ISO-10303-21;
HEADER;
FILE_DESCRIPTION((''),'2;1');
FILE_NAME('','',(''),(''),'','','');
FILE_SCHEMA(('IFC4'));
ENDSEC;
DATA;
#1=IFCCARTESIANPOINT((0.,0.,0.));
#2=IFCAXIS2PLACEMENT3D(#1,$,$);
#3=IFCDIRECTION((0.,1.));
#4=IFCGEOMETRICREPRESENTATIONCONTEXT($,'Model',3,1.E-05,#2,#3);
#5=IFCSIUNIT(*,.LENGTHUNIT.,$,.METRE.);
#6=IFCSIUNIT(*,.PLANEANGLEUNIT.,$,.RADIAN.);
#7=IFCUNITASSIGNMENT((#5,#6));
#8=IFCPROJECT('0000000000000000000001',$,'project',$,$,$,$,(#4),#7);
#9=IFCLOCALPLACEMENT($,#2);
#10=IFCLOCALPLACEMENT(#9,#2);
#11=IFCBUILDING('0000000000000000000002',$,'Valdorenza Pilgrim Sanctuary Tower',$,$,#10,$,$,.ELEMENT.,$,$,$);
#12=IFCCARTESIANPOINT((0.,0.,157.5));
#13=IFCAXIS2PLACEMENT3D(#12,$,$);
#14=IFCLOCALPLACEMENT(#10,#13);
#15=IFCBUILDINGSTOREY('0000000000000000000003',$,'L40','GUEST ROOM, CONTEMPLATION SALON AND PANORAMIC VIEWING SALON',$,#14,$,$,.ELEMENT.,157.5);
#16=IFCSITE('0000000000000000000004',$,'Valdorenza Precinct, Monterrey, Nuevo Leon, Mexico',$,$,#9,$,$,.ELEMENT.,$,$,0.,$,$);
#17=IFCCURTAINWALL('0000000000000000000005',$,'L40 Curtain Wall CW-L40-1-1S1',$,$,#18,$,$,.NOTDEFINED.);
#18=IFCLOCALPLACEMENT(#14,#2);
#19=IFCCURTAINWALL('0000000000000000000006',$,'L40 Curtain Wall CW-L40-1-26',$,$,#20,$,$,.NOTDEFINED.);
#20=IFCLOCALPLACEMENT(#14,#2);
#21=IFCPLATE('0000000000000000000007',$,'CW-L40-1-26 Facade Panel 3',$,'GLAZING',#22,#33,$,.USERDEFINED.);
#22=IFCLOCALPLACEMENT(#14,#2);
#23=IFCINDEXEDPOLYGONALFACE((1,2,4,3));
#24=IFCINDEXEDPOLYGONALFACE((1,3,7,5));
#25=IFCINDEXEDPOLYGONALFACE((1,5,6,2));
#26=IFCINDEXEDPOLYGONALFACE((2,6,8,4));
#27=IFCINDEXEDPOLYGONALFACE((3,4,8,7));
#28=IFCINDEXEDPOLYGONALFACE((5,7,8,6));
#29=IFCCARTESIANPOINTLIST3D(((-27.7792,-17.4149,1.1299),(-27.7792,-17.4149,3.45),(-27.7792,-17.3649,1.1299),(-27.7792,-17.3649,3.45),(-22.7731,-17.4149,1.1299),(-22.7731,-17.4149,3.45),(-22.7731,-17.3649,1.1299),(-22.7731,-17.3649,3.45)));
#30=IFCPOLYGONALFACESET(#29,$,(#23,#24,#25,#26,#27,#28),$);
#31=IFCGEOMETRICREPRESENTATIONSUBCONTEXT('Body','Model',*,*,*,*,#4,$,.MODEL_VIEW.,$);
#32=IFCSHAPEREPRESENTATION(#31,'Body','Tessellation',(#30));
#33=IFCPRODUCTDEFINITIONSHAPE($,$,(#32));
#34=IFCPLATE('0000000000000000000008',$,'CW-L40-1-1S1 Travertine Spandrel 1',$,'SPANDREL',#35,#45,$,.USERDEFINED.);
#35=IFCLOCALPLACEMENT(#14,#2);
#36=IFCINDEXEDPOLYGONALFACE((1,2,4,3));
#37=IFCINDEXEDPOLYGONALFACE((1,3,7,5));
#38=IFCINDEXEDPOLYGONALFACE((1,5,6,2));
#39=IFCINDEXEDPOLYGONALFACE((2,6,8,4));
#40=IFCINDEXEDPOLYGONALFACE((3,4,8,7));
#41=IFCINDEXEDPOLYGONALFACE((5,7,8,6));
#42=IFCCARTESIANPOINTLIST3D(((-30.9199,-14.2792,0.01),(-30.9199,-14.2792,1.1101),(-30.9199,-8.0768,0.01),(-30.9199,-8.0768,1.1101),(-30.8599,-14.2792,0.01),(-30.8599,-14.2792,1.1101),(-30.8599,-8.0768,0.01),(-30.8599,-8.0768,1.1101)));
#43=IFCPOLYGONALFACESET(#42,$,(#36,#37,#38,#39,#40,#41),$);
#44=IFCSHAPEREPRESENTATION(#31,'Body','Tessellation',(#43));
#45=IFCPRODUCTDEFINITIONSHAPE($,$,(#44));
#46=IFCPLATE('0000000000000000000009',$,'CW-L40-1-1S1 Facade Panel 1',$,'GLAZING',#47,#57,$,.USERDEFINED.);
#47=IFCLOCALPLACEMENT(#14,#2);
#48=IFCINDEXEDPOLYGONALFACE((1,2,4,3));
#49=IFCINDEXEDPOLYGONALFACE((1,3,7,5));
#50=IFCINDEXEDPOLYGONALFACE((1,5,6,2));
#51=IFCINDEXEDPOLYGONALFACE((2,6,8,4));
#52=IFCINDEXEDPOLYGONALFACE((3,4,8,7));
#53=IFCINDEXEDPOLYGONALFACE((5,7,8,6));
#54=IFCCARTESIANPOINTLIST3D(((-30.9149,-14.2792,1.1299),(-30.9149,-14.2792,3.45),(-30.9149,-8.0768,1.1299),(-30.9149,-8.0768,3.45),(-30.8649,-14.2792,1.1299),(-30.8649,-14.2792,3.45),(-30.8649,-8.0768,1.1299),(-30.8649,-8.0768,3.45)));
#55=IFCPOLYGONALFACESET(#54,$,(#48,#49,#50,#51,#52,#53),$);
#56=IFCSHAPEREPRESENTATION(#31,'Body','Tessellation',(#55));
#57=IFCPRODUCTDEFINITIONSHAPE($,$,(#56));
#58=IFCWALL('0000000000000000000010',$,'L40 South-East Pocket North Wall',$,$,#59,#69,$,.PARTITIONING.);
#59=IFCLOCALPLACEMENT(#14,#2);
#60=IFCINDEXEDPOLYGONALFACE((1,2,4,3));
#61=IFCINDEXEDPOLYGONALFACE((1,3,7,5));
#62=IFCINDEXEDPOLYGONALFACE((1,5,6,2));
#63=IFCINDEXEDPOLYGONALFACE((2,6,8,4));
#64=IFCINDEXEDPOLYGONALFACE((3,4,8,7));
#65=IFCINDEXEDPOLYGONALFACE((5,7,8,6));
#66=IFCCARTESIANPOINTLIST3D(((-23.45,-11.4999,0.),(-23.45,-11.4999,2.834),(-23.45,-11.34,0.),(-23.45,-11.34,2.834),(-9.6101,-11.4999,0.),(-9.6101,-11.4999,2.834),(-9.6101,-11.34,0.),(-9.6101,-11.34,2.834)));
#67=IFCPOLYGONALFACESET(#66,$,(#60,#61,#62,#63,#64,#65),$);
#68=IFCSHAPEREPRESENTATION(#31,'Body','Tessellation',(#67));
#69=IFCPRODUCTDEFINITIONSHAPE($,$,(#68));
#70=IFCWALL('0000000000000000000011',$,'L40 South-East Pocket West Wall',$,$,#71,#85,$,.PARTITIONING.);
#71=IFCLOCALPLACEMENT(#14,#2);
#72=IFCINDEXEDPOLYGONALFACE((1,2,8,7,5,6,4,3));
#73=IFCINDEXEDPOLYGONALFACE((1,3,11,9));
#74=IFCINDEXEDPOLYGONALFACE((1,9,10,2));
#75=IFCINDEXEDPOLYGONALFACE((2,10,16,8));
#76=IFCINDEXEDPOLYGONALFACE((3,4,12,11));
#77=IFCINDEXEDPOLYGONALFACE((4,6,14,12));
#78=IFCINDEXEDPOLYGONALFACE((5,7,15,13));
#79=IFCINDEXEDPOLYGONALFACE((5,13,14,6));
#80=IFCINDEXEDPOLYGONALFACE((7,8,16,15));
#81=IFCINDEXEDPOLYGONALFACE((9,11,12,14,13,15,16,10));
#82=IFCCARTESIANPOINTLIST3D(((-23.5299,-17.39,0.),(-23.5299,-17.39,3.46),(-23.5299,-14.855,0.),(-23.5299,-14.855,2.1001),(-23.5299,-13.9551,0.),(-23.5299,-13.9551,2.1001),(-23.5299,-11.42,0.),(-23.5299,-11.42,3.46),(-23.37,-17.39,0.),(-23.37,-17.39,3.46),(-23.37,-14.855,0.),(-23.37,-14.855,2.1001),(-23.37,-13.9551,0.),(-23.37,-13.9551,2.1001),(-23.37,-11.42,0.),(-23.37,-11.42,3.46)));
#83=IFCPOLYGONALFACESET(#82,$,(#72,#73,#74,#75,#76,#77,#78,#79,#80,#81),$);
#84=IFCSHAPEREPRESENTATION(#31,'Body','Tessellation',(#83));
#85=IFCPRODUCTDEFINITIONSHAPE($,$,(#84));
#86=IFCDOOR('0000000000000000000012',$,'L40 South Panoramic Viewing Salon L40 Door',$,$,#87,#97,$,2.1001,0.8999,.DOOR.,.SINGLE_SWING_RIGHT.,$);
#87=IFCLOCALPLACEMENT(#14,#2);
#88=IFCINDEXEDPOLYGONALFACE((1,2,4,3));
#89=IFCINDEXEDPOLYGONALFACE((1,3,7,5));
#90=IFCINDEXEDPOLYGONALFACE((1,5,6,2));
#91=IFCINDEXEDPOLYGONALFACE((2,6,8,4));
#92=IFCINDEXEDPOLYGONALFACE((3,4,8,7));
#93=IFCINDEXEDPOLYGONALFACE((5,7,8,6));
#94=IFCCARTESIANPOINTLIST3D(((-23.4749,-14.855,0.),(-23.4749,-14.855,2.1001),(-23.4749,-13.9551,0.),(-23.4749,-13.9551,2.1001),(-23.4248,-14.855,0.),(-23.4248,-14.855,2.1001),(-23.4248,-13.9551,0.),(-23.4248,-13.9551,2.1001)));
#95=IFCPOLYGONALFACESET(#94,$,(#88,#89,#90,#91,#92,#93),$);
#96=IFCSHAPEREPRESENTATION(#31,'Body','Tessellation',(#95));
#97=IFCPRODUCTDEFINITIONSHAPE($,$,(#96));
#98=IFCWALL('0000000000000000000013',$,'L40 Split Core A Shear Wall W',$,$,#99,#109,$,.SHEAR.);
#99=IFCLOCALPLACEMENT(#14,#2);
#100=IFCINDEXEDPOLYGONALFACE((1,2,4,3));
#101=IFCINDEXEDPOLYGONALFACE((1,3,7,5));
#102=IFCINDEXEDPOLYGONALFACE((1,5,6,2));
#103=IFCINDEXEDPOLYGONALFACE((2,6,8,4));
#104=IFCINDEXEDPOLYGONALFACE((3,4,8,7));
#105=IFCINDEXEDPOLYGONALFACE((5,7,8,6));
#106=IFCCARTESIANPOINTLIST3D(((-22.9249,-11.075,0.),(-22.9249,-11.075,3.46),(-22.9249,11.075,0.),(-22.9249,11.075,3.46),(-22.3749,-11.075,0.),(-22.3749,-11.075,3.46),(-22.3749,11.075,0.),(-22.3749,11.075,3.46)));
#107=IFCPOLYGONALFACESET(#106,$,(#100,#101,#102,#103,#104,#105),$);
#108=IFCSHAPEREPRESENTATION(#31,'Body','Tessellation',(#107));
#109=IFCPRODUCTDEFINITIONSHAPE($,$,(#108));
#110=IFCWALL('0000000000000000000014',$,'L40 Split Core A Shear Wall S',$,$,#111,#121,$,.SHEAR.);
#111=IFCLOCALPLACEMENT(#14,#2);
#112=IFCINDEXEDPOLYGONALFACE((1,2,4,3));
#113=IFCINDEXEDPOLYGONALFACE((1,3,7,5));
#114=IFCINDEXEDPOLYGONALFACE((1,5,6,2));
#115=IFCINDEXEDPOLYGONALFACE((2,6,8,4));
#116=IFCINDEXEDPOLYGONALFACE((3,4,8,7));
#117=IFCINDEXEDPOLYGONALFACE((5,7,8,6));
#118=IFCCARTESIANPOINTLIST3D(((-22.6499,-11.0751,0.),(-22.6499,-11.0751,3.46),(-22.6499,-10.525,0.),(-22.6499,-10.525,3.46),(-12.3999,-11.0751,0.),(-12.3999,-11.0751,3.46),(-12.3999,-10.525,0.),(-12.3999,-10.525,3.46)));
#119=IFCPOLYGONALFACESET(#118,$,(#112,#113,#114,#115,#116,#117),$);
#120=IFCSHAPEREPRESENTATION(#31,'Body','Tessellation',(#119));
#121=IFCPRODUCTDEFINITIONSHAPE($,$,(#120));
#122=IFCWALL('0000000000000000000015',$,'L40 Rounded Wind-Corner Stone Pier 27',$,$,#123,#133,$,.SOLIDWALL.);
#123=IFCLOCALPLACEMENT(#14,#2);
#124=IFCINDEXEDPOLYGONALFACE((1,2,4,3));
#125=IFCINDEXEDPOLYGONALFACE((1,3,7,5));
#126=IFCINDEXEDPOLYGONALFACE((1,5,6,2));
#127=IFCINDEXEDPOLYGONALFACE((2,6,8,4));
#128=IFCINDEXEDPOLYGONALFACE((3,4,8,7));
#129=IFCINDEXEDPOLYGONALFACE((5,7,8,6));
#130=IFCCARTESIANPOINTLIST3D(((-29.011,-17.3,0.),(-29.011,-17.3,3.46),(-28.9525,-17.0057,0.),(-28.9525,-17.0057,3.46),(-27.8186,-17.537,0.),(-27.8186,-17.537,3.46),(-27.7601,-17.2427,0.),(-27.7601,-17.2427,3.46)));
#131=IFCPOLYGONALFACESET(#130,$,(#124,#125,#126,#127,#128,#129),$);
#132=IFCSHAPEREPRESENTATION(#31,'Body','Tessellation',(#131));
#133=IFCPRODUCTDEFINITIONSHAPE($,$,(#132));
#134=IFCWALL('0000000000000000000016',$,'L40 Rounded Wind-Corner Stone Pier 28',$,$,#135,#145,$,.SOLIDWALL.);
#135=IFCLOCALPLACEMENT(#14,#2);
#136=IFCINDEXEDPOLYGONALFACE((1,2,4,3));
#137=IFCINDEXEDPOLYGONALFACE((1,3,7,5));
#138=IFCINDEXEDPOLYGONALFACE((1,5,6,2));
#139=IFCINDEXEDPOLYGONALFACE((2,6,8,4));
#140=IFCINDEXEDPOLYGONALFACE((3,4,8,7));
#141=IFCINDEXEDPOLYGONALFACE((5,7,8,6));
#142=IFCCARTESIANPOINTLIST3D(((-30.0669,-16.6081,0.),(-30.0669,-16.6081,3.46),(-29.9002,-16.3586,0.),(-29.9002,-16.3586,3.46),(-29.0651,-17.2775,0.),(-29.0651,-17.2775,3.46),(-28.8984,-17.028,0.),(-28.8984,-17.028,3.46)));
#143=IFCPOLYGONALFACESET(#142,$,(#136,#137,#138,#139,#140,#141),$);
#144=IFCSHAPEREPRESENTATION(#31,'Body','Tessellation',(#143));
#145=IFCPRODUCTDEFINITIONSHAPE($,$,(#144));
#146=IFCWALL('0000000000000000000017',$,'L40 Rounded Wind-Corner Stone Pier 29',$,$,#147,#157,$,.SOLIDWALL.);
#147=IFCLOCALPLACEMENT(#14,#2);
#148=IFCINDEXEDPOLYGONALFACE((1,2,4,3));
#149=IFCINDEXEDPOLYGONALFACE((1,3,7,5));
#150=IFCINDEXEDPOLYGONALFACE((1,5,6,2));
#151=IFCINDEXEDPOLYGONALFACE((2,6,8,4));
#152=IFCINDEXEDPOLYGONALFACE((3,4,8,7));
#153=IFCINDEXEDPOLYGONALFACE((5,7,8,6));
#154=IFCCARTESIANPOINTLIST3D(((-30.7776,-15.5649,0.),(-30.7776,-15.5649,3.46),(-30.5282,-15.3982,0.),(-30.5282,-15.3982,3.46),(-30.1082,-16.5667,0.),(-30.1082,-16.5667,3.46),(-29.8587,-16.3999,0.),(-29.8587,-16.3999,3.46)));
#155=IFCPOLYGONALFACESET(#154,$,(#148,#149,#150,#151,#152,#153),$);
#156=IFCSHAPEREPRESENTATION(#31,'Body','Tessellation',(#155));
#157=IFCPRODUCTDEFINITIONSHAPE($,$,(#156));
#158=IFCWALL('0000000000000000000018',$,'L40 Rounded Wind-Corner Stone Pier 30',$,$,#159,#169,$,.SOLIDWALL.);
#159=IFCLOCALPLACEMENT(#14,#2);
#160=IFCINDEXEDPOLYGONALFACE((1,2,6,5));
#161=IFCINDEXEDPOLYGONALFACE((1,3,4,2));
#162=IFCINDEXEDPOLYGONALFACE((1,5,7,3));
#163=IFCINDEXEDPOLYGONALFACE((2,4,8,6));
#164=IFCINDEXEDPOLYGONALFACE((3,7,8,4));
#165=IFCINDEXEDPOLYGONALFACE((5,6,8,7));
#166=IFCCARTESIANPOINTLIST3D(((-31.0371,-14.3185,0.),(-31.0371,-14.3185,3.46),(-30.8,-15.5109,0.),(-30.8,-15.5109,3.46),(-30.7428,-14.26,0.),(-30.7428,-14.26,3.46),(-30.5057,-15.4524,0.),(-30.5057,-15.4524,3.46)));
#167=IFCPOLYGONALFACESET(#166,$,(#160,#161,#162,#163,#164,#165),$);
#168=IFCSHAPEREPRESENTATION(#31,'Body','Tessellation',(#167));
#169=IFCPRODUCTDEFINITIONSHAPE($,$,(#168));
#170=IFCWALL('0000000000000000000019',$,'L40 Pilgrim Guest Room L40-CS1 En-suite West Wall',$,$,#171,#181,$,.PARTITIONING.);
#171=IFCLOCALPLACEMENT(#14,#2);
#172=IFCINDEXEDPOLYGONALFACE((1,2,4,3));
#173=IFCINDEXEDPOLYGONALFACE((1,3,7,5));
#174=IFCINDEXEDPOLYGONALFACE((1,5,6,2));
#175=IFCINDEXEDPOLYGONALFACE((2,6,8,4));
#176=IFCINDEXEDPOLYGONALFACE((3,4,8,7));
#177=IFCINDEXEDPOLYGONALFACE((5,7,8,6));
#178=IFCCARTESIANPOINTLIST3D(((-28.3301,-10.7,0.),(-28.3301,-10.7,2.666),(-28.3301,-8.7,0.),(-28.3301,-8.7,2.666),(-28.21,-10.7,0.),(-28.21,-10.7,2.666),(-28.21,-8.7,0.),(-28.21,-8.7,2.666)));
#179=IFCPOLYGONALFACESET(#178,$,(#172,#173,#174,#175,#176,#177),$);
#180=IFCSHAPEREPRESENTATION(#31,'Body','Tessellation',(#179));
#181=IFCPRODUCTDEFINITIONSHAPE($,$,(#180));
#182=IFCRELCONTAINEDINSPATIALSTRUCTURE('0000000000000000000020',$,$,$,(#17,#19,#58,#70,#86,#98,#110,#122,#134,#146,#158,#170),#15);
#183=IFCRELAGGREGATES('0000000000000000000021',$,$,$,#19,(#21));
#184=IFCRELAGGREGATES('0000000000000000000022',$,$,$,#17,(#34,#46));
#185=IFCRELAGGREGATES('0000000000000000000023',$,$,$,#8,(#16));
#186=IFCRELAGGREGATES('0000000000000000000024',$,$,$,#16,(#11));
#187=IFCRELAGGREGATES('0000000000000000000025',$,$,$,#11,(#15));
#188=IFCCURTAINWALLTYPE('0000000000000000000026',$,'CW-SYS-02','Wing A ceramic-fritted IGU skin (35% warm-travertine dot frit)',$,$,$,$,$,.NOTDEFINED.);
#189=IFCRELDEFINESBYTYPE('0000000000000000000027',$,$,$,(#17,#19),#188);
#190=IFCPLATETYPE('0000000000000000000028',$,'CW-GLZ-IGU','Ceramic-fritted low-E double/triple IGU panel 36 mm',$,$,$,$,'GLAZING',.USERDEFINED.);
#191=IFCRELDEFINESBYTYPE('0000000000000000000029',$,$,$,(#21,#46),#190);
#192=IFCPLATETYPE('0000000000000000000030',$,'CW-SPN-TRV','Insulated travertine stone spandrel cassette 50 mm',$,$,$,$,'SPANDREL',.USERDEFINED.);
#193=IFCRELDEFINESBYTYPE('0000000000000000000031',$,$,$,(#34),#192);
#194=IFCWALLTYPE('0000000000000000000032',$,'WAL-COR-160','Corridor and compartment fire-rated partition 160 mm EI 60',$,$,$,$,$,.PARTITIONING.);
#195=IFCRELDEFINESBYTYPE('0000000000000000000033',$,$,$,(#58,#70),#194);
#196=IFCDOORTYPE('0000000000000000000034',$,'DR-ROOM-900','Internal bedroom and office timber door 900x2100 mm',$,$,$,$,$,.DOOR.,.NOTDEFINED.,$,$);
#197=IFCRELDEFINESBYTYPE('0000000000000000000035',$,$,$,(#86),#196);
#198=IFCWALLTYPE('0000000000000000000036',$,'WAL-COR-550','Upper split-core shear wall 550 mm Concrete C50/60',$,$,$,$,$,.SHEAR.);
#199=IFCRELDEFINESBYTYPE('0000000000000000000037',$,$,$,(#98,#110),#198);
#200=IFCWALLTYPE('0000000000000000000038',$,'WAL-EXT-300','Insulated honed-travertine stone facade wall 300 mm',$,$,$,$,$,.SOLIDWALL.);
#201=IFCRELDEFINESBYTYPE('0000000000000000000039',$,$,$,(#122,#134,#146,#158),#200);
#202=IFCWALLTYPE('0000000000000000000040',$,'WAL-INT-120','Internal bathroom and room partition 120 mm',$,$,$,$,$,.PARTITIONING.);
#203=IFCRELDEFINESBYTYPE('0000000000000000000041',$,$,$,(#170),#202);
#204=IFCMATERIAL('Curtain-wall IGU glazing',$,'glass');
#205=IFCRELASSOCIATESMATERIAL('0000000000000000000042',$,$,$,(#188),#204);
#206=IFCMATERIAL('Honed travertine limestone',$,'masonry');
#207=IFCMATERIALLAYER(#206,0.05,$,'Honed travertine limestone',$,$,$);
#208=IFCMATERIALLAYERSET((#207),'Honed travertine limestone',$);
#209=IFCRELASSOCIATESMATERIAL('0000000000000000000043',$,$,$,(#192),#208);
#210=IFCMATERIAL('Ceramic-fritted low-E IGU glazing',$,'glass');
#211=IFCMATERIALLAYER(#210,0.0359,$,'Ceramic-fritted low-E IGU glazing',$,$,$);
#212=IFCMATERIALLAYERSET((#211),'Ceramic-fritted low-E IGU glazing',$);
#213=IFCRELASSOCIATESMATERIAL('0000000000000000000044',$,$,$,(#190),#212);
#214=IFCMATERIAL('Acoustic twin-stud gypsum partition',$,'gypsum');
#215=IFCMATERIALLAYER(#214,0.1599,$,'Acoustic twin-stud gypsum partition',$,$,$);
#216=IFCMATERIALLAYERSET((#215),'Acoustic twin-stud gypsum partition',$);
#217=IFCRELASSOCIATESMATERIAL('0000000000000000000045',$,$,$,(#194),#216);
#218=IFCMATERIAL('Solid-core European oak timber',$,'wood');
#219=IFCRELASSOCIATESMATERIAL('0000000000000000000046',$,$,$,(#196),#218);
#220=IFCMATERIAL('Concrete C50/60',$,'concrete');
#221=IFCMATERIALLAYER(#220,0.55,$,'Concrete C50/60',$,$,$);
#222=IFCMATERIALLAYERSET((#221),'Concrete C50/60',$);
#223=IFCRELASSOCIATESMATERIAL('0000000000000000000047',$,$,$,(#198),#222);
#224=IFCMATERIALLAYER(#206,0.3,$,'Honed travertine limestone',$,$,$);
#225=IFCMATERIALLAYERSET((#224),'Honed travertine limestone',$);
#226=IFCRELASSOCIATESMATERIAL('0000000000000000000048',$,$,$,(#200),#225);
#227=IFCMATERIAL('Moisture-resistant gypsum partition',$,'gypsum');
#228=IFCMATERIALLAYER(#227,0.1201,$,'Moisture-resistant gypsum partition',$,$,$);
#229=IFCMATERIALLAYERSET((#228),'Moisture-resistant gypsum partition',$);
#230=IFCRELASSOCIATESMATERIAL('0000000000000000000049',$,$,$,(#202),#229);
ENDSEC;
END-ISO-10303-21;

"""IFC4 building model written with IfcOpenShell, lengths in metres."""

from ifc_helpers import new_model, si_unit, direction, frame, frame_2d, origin, origin_2d, place, context, subcontext, project, spatial, rectangle, extrude, source, transform, mapped, material, layer, layer_set, type_object, element, fill, aggregate, save


model = new_model("IFC4")

# Units and contexts
model_context = context("Model", 3, precision=1e-05, world=origin(), true_north=direction((0.0, 1.0)))
body_context = subcontext(model_context, "Body", "Model", "MODEL_VIEW")
ifc_project = project(units=[si_unit("LENGTHUNIT", "METRE"), si_unit("PLANEANGLEUNIT", "RADIAN")], contexts=[model_context])

# Site, building, storey
site_placement = place(None, origin())
site = spatial("IfcSite", under=ifc_project, at=site_placement, Name="Valdorenza Precinct, Monterrey, Nuevo Leon, Mexico", CompositionType="ELEMENT", RefElevation=0.0)
building_placement = place(site_placement, origin())
building = spatial("IfcBuilding", under=site, at=building_placement, Name="Valdorenza Pilgrim Sanctuary Tower", CompositionType="ELEMENT")
storey_placement = place(building_placement, frame((0.0, 0.0, 157.5)))
storey = spatial("IfcBuildingStorey", under=building, at=storey_placement, Name="L40", Description="GUEST ROOM, CONTEMPLATION SALON AND PANORAMIC VIEWING SALON", CompositionType="ELEMENT", Elevation=157.5)

# Shared definitions
ifc_material_1 = material(Name="Concrete C50/60", Category="concrete")

# Curtain wall
ifc_material_2 = material(Name="Curtain-wall IGU glazing", Category="glass")
curtain_wall_type = type_object("IfcCurtainWallType", Name="CW-SYS-02", Description="Wing A ceramic-fritted IGU skin (35% warm-travertine dot frit)", PredefinedType="NOTDEFINED", material=ifc_material_2)
curtain_wall_1_placement = place(storey_placement, origin())
curtain_wall_1 = element("IfcCurtainWall", 1, at=curtain_wall_1_placement, inside=storey, type_object=curtain_wall_type, Name="L40 Curtain Wall CW-L40-1-1S1", PredefinedType="NOTDEFINED")

# Curtain wall
curtain_wall_2_placement = place(storey_placement, origin())
curtain_wall_2 = element("IfcCurtainWall", 2, at=curtain_wall_2_placement, inside=storey, type_object=curtain_wall_type, Name="L40 Curtain Wall CW-L40-1-26", PredefinedType="NOTDEFINED")

# Plates
ifc_material_3 = material(Name="Honed travertine limestone", Category="masonry")
ifc_layer_1 = layer(ifc_material_3, 0.05, Name="Honed travertine limestone")
ifc_layer_set_1 = layer_set([ifc_layer_1], Name="Honed travertine limestone")
plate_type_1 = type_object("IfcPlateType", Name="CW-SPN-TRV", Description="Insulated travertine stone spandrel cassette 50 mm", ElementType="SPANDREL", PredefinedType="USERDEFINED", material=ifc_layer_set_1)
ifc_material_4 = material(Name="Ceramic-fritted low-E IGU glazing", Category="glass")
ifc_layer_2 = layer(ifc_material_4, 0.0359, Name="Ceramic-fritted low-E IGU glazing")
ifc_layer_set_2 = layer_set([ifc_layer_2], Name="Ceramic-fritted low-E IGU glazing")
plate_type_2 = type_object("IfcPlateType", Name="CW-GLZ-IGU", Description="Ceramic-fritted low-E double/triple IGU panel 36 mm", ElementType="GLAZING", PredefinedType="USERDEFINED", material=ifc_layer_set_2)
shared_shape_1 = source(origin(), body_context, "Body", "SweptSolid", [
    extrude(rectangle(XDim=5.0061, YDim=0.05, at=origin_2d()), origin(), (0.0, 0.0, 1.0), 2.3201),
])
plate_1_placement = place(storey_placement, frame((-25.2761, -17.3899, 1.1299), z_axis=(0.0, 0.0, 1.0), x_axis=(-1.0, 0.0, 0.0)))
plate_1 = element("IfcPlate", 3, at=plate_1_placement, type_object=plate_type_2, Name="CW-L40-1-26 Facade Panel 3", ObjectType="GLAZING", PredefinedType="USERDEFINED", context=body_context, shape_type="MappedRepresentation", body=[
    mapped(shared_shape_1, transform((0.0, 0.0, 0.0), x_axis=(1.0, 0.0, 0.0), y_axis=(0.0, 1.0, 0.0), z_axis=(0.0, 0.0, 1.0), scale=1.0)),
])
aggregate(curtain_wall_2, [plate_1])
shared_shape_2 = source(origin(), body_context, "Body", "SweptSolid", [
    extrude(rectangle(XDim=6.2024, YDim=0.0601, at=origin_2d()), origin(), (0.0, 0.0, 1.0), 1.1001),
])
plate_2_placement = place(storey_placement, frame((-30.8899, -11.178, 0.01), z_axis=(0.0, 0.0, 1.0), x_axis=(0.0, 1.0, 0.0)))
plate_2 = element("IfcPlate", 4, at=plate_2_placement, type_object=plate_type_1, Name="CW-L40-1-1S1 Travertine Spandrel 1", ObjectType="SPANDREL", PredefinedType="USERDEFINED", context=body_context, shape_type="MappedRepresentation", body=[
    mapped(shared_shape_2, transform((0.0, 0.0, 0.0), x_axis=(1.0, 0.0, 0.0), y_axis=(0.0, 1.0, 0.0), z_axis=(0.0, 0.0, 1.0), scale=1.0)),
])
shared_shape_3 = source(origin(), body_context, "Body", "SweptSolid", [
    extrude(rectangle(XDim=6.2024, YDim=0.05, at=origin_2d()), origin(), (0.0, 0.0, 1.0), 2.3201),
])
plate_3_placement = place(storey_placement, frame((-30.8899, -11.178, 1.1299), z_axis=(0.0, 0.0, 1.0), x_axis=(0.0, 1.0, 0.0)))
plate_3 = element("IfcPlate", 5, at=plate_3_placement, type_object=plate_type_2, Name="CW-L40-1-1S1 Facade Panel 1", ObjectType="GLAZING", PredefinedType="USERDEFINED", context=body_context, shape_type="MappedRepresentation", body=[
    mapped(shared_shape_3, transform((0.0, 0.0, 0.0), x_axis=(1.0, 0.0, 0.0), y_axis=(0.0, 1.0, 0.0), z_axis=(0.0, 0.0, 1.0), scale=1.0)),
])
aggregate(curtain_wall_1, [plate_2, plate_3])

# Wall
ifc_material_5 = material(Name="Acoustic twin-stud gypsum partition", Category="gypsum")
ifc_layer_3 = layer(ifc_material_5, 0.1599, Name="Acoustic twin-stud gypsum partition")
ifc_layer_set_3 = layer_set([ifc_layer_3], Name="Acoustic twin-stud gypsum partition")
wall_type_1 = type_object("IfcWallType", Name="WAL-COR-160", Description="Corridor and compartment fire-rated partition 160 mm EI 60", PredefinedType="PARTITIONING", material=ifc_layer_set_3)
wall_1_placement = place(storey_placement, frame((-23.45, -11.4199, 0.0), z_axis=(0.0, 0.0, 1.0), x_axis=(1.0, 0.0, 0.0)))
element("IfcWall", 6, at=wall_1_placement, inside=storey, type_object=wall_type_1, Name="L40 South-East Pocket North Wall", PredefinedType="PARTITIONING", context=body_context, shape_type="SweptSolid", body=[
    extrude(rectangle(XDim=13.8398, YDim=0.1599, at=frame_2d((6.9199, 0.0))), origin(), (0.0, 0.0, 1.0), 2.834),
])

# Wall, opening, door
wall_2_placement = place(storey_placement, frame((-23.45, -17.3899, 0.0), z_axis=(0.0, 0.0, 1.0), x_axis=(0.0, 1.0, 0.0)))
wall_2 = element("IfcWall", 7, at=wall_2_placement, inside=storey, type_object=wall_type_1, Name="L40 South-East Pocket West Wall", PredefinedType="PARTITIONING", context=body_context, shape_type="SweptSolid", body=[
    extrude(rectangle(XDim=5.97, YDim=0.1599, at=frame_2d((2.9849, 0.0))), origin(), (0.0, 0.0, 1.0), 3.46),
])
opening_placement = place(wall_2_placement, frame((2.5349, 0.0, 0.0)))
opening = element("IfcOpeningElement", 8, at=opening_placement, cuts=wall_2, PredefinedType="OPENING", context=body_context, shape_type="SweptSolid", body=[
    extrude(rectangle(XDim=0.8999, YDim=2.1001, at=frame_2d((0.45, 1.05))), frame((0.0, 0.0947, 0.0), z_axis=(0.0, -1.0, 0.0), x_axis=(1.0, 0.0, 0.0)), (0.0, 0.0, 1.0), 0.1897),
])
ifc_material_6 = material(Name="Solid-core European oak timber", Category="wood")
door_type = type_object("IfcDoorType", Name="DR-ROOM-900", Description="Internal bedroom and office timber door 900x2100 mm", OperationType="NOTDEFINED", PredefinedType="DOOR", material=ifc_material_6)
door_placement = place(opening_placement, origin())
door = element("IfcDoor", 9, at=door_placement, inside=storey, type_object=door_type, Name="L40 South Panoramic Viewing Salon L40 Door", OperationType="SINGLE_SWING_RIGHT", OverallHeight=2.1001, OverallWidth=0.8999, PredefinedType="DOOR", context=body_context, shape_type="SweptSolid", body=[
    extrude(rectangle(XDim=0.8999, YDim=2.1001, at=frame_2d((0.45, 1.05))), frame((0.0, 0.0249, 0.0), z_axis=(0.0, -1.0, 0.0), x_axis=(1.0, 0.0, 0.0)), (0.0, 0.0, 1.0), 0.05),
])
fill(opening, door)

# Walls
ifc_layer_4 = layer(ifc_material_1, 0.55, Name="Concrete C50/60")
ifc_layer_set_4 = layer_set([ifc_layer_4], Name="Concrete C50/60")
wall_type_2 = type_object("IfcWallType", Name="WAL-COR-550", Description="Upper split-core shear wall 550 mm Concrete C50/60", PredefinedType="SHEAR", material=ifc_layer_set_4)
wall_3_placement = place(storey_placement, frame((-22.6499, -11.075, 0.0), z_axis=(0.0, 0.0, 1.0), x_axis=(0.0, 1.0, 0.0)))
element("IfcWall", 10, at=wall_3_placement, inside=storey, type_object=wall_type_2, Name="L40 Split Core A Shear Wall W", PredefinedType="SHEAR", context=body_context, shape_type="SweptSolid", body=[
    extrude(rectangle(XDim=22.1499, YDim=0.55, at=frame_2d((11.075, 0.0))), origin(), (0.0, 0.0, 1.0), 3.46),
])
wall_4_placement = place(storey_placement, frame((-22.6499, -10.8, 0.0), z_axis=(0.0, 0.0, 1.0), x_axis=(1.0, 0.0, 0.0)))
element("IfcWall", 11, at=wall_4_placement, inside=storey, type_object=wall_type_2, Name="L40 Split Core A Shear Wall S", PredefinedType="SHEAR", context=body_context, shape_type="SweptSolid", body=[
    extrude(rectangle(XDim=10.25, YDim=0.55, at=frame_2d((5.125, 0.0))), origin(), (0.0, 0.0, 1.0), 3.46),
])
ifc_layer_5 = layer(ifc_material_3, 0.3, Name="Honed travertine limestone")
ifc_layer_set_5 = layer_set([ifc_layer_5], Name="Honed travertine limestone")
wall_type_3 = type_object("IfcWallType", Name="WAL-EXT-300", Description="Insulated honed-travertine stone facade wall 300 mm", PredefinedType="SOLIDWALL", material=ifc_layer_set_5)
wall_5_placement = place(storey_placement, frame((-27.7893, -17.3899, 0.0), z_axis=(0.0, 0.0, 1.0), x_axis=(-0.980804, 0.194996, 0.0)))
element("IfcWall", 12, at=wall_5_placement, inside=storey, type_object=wall_type_3, Name="L40 Rounded Wind-Corner Stone Pier 27", PredefinedType="SOLIDWALL", context=body_context, shape_type="SweptSolid", body=[
    extrude(rectangle(XDim=1.2158, YDim=0.3, at=frame_2d((0.6079, 0.0))), origin(), (0.0, 0.0, 1.0), 3.46),
])
for number, where, z_axis, x_axis, name in (
    (13, (-28.9817, -17.1528, 0.0), (0.0, 0.0, 1.0), (-0.831426, 0.555635, 0.0), "L40 Rounded Wind-Corner Stone Pier 28"),
    (14, (-29.9834, -16.4834, 0.0), (0.0, 0.0, 1.0), (-0.555635, 0.831426, 0.0), "L40 Rounded Wind-Corner Stone Pier 29"),
):
    element("IfcWall", number, at=place(storey_placement, frame(where, z_axis=z_axis, x_axis=x_axis)), inside=storey, type_object=wall_type_3, Name=name, PredefinedType="SOLIDWALL", context=body_context, shape_type="SweptSolid", body=[
        extrude(rectangle(XDim=1.2048, YDim=0.3, at=frame_2d((0.6025, 0.0))), origin(), (0.0, 0.0, 1.0), 3.46),
    ])
wall_6_placement = place(storey_placement, frame((-30.6528, -15.4817, 0.0), z_axis=(0.0, 0.0, 1.0), x_axis=(-0.194996, 0.980804, 0.0)))
element("IfcWall", 15, at=wall_6_placement, inside=storey, type_object=wall_type_3, Name="L40 Rounded Wind-Corner Stone Pier 30", PredefinedType="SOLIDWALL", context=body_context, shape_type="SweptSolid", body=[
    extrude(rectangle(XDim=1.2158, YDim=0.3, at=frame_2d((0.6079, 0.0))), origin(), (0.0, 0.0, 1.0), 3.46),
])
ifc_material_7 = material(Name="Moisture-resistant gypsum partition", Category="gypsum")
ifc_layer_6 = layer(ifc_material_7, 0.1201, Name="Moisture-resistant gypsum partition")
ifc_layer_set_6 = layer_set([ifc_layer_6], Name="Moisture-resistant gypsum partition")
wall_type_4 = type_object("IfcWallType", Name="WAL-INT-120", Description="Internal bathroom and room partition 120 mm", PredefinedType="PARTITIONING", material=ifc_layer_set_6)
for number, where, z_axis, x_axis, name in (
    (16, (-28.27, -10.7, 0.0), (0.0, 0.0, 1.0), (0.0, 1.0, 0.0), "L40 Pilgrim Guest Room L40-CS1 En-suite West Wall"),
):
    element("IfcWall", number, at=place(storey_placement, frame(where, z_axis=z_axis, x_axis=x_axis)), inside=storey, type_object=wall_type_4, Name=name, PredefinedType="PARTITIONING", context=body_context, shape_type="SweptSolid", body=[
        extrude(rectangle(XDim=2.0, YDim=0.1201, at=frame_2d((1.0, 0.0))), origin(), (0.0, 0.0, 1.0), 2.666),
    ])

save(model, "model.ifc")
